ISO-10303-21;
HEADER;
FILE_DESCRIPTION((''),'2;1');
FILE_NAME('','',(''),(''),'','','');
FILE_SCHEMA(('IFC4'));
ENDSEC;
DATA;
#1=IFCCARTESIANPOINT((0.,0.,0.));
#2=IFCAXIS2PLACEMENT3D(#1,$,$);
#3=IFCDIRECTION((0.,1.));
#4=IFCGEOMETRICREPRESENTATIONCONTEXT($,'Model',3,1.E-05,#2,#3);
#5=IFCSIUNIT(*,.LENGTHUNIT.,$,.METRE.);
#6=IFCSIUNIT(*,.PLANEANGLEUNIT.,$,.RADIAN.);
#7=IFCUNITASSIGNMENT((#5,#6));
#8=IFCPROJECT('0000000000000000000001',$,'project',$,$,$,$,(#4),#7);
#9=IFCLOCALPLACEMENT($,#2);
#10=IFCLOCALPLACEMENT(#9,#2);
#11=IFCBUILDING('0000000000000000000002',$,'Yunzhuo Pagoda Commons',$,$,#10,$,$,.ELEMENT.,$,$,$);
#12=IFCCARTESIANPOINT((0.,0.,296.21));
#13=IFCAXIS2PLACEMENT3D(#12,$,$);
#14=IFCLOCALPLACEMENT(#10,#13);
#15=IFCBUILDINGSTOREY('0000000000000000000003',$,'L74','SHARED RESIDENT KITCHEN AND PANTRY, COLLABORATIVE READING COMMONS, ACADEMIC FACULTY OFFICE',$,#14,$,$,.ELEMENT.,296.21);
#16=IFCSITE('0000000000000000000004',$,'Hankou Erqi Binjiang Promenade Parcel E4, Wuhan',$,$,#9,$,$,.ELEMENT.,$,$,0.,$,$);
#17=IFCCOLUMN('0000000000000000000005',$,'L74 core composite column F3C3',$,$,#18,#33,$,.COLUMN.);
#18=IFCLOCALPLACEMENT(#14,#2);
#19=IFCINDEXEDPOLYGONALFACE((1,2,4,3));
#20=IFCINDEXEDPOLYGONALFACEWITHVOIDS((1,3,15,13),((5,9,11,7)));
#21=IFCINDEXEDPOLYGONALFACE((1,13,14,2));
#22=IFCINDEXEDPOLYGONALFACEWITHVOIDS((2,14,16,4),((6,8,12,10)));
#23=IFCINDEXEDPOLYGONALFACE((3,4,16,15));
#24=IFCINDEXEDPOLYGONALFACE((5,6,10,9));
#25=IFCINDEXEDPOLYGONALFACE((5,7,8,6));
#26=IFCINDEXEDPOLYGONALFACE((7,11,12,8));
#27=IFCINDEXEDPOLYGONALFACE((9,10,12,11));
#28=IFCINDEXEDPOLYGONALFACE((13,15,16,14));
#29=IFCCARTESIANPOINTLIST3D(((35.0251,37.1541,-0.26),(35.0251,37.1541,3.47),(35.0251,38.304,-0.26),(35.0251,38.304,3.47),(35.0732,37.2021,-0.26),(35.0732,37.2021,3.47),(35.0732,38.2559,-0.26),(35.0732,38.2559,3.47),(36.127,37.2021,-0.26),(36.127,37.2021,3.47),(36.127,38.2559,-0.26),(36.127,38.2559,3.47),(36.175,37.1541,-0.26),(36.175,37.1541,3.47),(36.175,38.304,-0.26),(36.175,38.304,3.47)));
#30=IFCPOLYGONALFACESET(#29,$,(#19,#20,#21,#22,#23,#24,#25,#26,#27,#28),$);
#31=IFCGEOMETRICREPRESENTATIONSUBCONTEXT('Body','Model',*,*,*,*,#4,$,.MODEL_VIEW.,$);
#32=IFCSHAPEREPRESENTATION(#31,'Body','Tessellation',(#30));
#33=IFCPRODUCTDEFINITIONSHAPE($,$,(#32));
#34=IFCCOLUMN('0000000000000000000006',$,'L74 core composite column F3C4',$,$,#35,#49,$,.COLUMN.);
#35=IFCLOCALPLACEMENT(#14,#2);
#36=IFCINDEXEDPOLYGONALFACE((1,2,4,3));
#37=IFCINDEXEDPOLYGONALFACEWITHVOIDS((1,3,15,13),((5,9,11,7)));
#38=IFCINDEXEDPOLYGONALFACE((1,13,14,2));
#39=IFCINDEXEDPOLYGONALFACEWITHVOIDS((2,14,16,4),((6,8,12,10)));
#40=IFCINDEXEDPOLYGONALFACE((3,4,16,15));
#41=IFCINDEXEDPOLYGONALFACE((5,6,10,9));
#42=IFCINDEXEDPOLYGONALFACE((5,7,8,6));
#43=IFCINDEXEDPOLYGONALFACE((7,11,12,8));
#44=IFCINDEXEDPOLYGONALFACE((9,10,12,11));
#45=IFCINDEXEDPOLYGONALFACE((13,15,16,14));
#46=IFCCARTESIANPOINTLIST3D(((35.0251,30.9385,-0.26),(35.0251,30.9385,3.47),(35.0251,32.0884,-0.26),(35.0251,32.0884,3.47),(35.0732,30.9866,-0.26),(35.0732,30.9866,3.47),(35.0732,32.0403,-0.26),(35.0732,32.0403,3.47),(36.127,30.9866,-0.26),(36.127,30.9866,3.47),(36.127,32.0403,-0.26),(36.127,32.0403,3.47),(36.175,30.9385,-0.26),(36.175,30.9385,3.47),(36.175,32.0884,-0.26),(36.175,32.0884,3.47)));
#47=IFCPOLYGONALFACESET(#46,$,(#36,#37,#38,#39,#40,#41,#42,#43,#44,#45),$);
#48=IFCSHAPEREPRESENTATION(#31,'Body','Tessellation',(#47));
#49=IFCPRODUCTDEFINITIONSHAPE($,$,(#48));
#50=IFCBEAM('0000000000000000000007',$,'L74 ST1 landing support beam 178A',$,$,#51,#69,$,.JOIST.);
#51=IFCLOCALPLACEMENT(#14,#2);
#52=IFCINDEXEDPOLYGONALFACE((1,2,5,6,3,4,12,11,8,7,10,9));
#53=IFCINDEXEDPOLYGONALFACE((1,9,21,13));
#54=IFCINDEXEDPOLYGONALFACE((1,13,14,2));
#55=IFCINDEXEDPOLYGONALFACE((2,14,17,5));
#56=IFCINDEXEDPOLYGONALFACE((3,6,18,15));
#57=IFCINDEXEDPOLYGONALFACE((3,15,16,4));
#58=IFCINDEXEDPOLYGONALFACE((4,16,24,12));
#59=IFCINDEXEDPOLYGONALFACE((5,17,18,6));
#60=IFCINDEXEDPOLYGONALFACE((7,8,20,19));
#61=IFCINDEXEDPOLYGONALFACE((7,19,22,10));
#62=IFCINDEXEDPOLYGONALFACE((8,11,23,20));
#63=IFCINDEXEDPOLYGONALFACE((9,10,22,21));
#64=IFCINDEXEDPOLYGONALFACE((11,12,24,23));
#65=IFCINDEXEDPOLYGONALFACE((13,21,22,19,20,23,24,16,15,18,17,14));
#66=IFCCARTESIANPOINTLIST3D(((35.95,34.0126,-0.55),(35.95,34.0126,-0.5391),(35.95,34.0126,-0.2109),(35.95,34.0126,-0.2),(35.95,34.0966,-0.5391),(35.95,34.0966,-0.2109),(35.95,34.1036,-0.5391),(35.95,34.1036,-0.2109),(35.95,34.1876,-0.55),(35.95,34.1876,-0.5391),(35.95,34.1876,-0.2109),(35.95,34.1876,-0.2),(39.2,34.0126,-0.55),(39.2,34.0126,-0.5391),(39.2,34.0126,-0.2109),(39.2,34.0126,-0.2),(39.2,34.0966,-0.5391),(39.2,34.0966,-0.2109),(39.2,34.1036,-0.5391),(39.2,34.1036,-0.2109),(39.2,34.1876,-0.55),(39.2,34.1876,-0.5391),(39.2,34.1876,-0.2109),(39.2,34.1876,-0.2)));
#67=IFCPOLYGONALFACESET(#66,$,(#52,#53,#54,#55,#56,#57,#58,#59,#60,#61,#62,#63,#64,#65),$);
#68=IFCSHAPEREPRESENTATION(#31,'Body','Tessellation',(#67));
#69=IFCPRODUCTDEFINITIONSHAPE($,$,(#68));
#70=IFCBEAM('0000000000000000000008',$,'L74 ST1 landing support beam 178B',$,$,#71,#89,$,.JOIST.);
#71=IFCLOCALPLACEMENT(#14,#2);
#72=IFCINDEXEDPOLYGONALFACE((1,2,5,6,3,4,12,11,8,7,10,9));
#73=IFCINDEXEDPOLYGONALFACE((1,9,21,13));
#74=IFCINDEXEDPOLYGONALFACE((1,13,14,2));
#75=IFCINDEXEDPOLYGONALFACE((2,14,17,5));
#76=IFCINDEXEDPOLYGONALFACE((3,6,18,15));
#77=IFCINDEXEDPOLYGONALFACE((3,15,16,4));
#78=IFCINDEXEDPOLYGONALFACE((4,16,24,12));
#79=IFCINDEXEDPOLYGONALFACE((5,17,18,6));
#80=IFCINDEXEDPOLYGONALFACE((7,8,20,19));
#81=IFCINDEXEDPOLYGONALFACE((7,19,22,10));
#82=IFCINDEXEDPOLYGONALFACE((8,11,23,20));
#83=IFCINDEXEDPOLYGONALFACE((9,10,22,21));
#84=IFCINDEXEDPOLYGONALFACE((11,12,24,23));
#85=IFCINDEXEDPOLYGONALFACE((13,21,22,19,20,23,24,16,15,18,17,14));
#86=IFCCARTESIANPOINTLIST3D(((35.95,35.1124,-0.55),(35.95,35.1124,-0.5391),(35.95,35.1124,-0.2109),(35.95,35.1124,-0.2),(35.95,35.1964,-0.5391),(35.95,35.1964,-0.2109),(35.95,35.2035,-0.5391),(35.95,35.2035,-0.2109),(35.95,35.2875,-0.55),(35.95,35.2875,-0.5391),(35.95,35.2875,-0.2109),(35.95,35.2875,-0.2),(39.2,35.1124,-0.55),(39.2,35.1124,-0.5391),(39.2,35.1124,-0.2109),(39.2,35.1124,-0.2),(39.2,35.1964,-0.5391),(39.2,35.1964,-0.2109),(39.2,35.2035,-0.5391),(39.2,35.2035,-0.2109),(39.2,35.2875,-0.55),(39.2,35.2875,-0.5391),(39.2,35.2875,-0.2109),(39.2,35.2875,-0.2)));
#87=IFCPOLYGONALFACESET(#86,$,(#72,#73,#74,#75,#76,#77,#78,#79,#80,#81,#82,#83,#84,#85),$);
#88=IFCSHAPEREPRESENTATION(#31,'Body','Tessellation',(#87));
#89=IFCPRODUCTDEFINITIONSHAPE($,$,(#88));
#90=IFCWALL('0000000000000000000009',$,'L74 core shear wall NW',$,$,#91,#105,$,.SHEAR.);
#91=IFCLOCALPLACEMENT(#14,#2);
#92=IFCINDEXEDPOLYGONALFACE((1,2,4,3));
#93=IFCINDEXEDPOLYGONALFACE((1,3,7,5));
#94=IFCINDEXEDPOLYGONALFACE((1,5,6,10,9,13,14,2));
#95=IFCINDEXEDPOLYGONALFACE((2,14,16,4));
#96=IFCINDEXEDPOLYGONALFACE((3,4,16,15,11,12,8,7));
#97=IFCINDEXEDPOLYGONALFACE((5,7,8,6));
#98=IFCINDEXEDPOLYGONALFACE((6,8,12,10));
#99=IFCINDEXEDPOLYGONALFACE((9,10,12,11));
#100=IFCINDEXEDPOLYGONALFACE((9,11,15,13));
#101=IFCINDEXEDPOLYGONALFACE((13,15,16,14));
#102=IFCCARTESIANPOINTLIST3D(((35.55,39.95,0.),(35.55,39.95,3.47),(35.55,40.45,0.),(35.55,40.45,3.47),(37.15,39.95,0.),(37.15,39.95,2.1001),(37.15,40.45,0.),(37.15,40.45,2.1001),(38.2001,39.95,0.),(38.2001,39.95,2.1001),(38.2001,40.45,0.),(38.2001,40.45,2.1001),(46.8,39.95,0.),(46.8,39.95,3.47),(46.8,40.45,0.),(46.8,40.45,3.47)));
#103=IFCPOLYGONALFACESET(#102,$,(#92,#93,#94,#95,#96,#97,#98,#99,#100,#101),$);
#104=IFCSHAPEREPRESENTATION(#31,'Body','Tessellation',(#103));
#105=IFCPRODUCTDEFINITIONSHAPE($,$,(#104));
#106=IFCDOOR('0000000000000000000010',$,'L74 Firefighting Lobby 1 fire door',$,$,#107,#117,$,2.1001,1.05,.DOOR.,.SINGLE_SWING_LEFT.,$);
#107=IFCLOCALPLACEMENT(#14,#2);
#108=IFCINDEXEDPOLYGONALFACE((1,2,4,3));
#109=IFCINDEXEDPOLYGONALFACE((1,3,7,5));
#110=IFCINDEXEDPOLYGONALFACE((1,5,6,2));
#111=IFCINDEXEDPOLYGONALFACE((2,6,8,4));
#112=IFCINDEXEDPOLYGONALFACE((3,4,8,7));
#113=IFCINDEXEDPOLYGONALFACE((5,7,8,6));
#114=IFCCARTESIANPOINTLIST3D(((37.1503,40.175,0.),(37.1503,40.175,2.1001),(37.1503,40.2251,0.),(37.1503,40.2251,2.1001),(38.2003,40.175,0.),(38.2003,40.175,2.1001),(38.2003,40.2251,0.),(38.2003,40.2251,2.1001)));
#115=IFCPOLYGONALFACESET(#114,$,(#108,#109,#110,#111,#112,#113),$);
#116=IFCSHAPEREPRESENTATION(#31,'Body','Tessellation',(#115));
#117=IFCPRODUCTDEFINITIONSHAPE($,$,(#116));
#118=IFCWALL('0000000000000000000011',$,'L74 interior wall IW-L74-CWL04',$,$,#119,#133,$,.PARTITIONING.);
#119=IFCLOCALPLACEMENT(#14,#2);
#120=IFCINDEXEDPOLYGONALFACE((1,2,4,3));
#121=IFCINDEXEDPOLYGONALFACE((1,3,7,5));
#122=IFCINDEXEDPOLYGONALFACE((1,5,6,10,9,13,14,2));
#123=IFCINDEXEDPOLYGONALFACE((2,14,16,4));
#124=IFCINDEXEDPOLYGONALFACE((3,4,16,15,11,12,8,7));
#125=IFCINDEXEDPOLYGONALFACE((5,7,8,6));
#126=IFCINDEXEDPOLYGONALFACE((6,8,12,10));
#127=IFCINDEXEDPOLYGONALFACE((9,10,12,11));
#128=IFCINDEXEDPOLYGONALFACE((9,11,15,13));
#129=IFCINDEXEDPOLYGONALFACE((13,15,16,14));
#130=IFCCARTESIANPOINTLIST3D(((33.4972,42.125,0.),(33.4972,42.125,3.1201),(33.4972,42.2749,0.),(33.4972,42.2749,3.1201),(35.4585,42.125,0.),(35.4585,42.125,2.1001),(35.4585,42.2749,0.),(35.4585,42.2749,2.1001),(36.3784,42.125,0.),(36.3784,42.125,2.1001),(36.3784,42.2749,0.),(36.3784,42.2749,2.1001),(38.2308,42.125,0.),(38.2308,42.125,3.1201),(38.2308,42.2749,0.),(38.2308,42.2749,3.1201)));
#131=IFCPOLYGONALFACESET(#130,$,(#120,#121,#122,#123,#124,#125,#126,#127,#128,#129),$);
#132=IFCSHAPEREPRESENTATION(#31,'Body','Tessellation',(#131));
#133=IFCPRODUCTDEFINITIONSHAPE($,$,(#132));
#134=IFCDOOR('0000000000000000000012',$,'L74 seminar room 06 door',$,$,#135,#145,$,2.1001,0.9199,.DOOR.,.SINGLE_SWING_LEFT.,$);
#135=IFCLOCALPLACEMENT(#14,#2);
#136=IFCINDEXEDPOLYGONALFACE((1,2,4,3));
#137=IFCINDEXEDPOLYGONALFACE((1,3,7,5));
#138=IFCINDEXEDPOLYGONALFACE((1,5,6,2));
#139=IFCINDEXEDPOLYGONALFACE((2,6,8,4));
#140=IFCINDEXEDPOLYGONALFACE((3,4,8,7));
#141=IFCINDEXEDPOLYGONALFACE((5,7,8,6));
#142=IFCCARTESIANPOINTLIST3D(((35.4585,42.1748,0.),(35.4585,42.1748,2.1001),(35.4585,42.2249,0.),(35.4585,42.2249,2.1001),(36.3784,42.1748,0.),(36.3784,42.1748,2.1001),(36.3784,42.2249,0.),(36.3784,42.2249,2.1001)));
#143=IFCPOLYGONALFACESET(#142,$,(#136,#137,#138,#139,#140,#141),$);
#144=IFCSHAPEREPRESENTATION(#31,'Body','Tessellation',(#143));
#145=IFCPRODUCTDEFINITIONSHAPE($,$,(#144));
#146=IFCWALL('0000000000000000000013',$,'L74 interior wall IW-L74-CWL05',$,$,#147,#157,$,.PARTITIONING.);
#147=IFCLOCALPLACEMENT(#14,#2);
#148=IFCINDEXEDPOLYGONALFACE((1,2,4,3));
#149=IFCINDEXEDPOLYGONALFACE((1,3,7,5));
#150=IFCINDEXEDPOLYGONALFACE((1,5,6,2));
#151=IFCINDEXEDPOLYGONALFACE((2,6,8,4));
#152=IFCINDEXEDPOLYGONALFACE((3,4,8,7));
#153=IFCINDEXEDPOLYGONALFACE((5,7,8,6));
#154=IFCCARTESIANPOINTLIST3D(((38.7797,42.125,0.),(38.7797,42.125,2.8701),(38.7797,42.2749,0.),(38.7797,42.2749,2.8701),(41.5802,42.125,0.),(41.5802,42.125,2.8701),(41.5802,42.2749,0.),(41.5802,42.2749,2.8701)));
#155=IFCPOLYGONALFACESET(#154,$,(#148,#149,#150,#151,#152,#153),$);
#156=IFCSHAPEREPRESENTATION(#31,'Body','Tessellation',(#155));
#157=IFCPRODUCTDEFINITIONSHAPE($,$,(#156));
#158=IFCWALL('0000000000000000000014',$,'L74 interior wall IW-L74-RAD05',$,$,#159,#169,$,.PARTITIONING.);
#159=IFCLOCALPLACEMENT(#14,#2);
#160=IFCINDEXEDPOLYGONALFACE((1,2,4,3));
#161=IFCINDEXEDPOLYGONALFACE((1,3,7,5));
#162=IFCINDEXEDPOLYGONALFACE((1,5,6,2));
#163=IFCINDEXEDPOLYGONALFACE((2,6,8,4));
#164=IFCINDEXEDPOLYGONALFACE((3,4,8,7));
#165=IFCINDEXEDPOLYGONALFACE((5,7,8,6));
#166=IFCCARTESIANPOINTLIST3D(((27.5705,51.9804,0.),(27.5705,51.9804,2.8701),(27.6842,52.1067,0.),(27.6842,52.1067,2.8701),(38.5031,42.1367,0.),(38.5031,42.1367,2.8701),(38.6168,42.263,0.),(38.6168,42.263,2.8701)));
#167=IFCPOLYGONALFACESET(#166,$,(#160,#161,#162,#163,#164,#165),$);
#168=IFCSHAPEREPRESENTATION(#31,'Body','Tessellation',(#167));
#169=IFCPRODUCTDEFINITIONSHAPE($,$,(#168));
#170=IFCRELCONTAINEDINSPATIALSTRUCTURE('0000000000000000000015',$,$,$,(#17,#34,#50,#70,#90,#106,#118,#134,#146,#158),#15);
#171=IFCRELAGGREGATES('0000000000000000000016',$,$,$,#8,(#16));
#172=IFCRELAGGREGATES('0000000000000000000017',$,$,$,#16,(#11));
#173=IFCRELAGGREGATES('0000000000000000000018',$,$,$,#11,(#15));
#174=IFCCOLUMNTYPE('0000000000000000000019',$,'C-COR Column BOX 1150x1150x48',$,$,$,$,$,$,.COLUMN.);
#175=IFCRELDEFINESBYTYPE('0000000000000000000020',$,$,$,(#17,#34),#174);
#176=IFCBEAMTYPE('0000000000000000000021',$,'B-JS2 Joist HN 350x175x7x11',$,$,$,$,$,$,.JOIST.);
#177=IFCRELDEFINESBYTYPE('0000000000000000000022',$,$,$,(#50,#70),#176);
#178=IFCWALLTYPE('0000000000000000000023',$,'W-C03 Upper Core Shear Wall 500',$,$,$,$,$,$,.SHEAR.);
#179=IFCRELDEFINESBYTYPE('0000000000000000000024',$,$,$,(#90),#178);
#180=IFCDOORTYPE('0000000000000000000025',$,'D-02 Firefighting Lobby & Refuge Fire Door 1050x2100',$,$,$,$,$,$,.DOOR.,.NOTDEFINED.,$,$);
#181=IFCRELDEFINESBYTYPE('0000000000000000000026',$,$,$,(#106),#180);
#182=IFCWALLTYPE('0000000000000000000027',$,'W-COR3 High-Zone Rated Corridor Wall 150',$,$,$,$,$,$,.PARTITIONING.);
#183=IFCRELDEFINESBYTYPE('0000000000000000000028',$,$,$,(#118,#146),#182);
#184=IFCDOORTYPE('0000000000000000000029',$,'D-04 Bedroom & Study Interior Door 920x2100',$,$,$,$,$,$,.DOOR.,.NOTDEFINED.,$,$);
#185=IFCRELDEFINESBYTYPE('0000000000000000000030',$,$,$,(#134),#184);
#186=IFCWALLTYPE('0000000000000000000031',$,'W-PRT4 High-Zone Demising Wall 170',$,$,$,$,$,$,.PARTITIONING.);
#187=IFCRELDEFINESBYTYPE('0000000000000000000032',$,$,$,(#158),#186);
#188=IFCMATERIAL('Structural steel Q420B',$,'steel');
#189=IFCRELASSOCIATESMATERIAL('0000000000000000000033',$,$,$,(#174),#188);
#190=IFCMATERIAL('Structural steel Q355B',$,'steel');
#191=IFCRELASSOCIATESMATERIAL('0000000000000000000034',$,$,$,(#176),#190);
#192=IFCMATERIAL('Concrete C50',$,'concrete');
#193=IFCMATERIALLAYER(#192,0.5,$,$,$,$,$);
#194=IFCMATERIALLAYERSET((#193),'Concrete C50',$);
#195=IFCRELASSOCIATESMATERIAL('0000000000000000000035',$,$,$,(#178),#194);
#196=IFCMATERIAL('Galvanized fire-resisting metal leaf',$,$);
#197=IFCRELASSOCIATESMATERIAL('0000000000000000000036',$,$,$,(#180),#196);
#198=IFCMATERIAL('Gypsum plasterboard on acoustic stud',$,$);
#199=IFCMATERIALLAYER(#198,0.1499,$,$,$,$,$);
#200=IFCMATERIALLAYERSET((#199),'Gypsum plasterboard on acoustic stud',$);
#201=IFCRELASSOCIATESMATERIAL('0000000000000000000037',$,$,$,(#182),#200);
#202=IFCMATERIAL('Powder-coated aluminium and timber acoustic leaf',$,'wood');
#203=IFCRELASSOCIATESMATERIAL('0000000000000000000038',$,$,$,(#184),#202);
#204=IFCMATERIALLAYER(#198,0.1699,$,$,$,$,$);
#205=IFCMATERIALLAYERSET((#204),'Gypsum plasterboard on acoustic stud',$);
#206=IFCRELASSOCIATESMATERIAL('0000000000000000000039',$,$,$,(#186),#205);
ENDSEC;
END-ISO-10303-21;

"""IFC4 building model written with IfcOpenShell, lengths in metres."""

from ifc_helpers import new_model, si_unit, direction, frame, frame_2d, origin, origin_with_axes, origin_2d, place, context, subcontext, project, spatial, rectangle, hollow_rectangle, i_section, extrude, source, transform, mapped, material, layer, layer_set, material_profile, profile_set, type_object, element, fill, save


model = new_model("IFC4")

# Units and contexts
model_context = context("Model", 3, precision=1e-05, world=origin(), true_north=direction((0.0, 1.0)))
body_context = subcontext(model_context, "Body", "Model", "MODEL_VIEW")
ifc_project = project(units=[si_unit("LENGTHUNIT", "METRE"), si_unit("PLANEANGLEUNIT", "RADIAN")], contexts=[model_context])

# Site, building, storey
site_placement = place(None, origin())
site = spatial("IfcSite", under=ifc_project, at=site_placement, Name="Hankou Erqi Binjiang Promenade Parcel E4, Wuhan", CompositionType="ELEMENT", RefElevation=0.0)
building_placement = place(site_placement, origin())
building = spatial("IfcBuilding", under=site, at=building_placement, Name="Yunzhuo Pagoda Commons", CompositionType="ELEMENT")
storey_placement = place(building_placement, frame((0.0, 0.0, 296.21)))
storey = spatial("IfcBuildingStorey", under=building, at=storey_placement, Name="L74", Description="SHARED RESIDENT KITCHEN AND PANTRY, COLLABORATIVE READING COMMONS, ACADEMIC FACULTY OFFICE", CompositionType="ELEMENT", Elevation=296.21)

# Columns
ifc_material_1 = material(Name="Structural steel Q420B", Category="steel")
ifc_material_profile_1 = material_profile(ifc_material_1, hollow_rectangle(XDim=1.1499, YDim=1.1499, WallThickness=0.0481, at=origin_2d()), Name="Structural steel Q420B")
ifc_profile_set_1 = profile_set([ifc_material_profile_1], Name="Structural steel Q420B")
column_type = type_object("IfcColumnType", Name="C-COR Column BOX 1150x1150x48", PredefinedType="COLUMN", material=ifc_profile_set_1)
shared_shape_1 = source(origin(), body_context, "Body", "SweptSolid", [
    extrude(hollow_rectangle(XDim=1.1499, YDim=1.1499, WallThickness=0.0481, at=origin_2d()), origin(), (0.0, 0.0, 1.0), 3.73),
])
for number, where, z_axis, x_axis, name in (
    (1, (35.6001, 37.729, -0.26), (0.0, 0.0, 1.0), (1.0, 0.0, 0.0), "L74 core composite column F3C3"),
    (2, (35.6001, 31.5134, -0.26), (0.0, 0.0, 1.0), (1.0, 0.0, 0.0), "L74 core composite column F3C4"),
):
    element("IfcColumn", number, at=place(storey_placement, frame(where, z_axis=z_axis, x_axis=x_axis)), inside=storey, type_object=column_type, Name=name, PredefinedType="COLUMN", context=body_context, shape_type="MappedRepresentation", body=[
        mapped(shared_shape_1, transform((0.0, 0.0, 0.0), scale=1.0)),
    ])

# Beams
ifc_material_2 = material(Name="Structural steel Q355B", Category="steel")
ifc_material_profile_2 = material_profile(ifc_material_2, i_section(OverallWidth=0.175, OverallDepth=0.3501, WebThickness=0.0071, FlangeThickness=0.011, at=origin_2d()), Name="Structural steel Q355B")
ifc_profile_set_2 = profile_set([ifc_material_profile_2], Name="Structural steel Q355B")
beam_type = type_object("IfcBeamType", Name="B-JS2 Joist HN 350x175x7x11", PredefinedType="JOIST", material=ifc_profile_set_2)
shared_shape_2 = source(origin(), body_context, "Body", "SweptSolid", [
    extrude(i_section(OverallWidth=0.175, OverallDepth=0.3501, WebThickness=0.0071, FlangeThickness=0.011, at=origin_2d()), origin(), (0.0, 0.0, 1.0), 3.25),
])
for number, where, z_axis, x_axis, name in (
    (3, (35.95, 34.1001, -0.375), (1.0, 0.0, 0.0), (0.0, 1.0, 0.0), "L74 ST1 landing support beam 178A"),
    (4, (35.95, 35.2, -0.375), (1.0, 0.0, 0.0), (0.0, 1.0, 0.0), "L74 ST1 landing support beam 178B"),
):
    element("IfcBeam", number, at=place(storey_placement, frame(where, z_axis=z_axis, x_axis=x_axis)), inside=storey, type_object=beam_type, Name=name, PredefinedType="JOIST", context=body_context, shape_type="MappedRepresentation", body=[
        mapped(shared_shape_2, transform((0.0, 0.0, 0.0), scale=1.0)),
    ])

# Walls, openings, doors
ifc_material_3 = material(Name="Concrete C50", Category="concrete")
ifc_layer_1 = layer(ifc_material_3, 0.5)
ifc_layer_set_1 = layer_set([ifc_layer_1], Name="Concrete C50")
wall_type_1 = type_object("IfcWallType", Name="W-C03 Upper Core Shear Wall 500", PredefinedType="SHEAR", material=ifc_layer_set_1)
wall_1_placement = place(storey_placement, frame((35.55, 40.2, 0.0), z_axis=(0.0, 0.0, 1.0), x_axis=(1.0, 0.0, 0.0)))
wall_1 = element("IfcWall", 5, at=wall_1_placement, inside=storey, type_object=wall_type_1, Name="L74 core shear wall NW", PredefinedType="SHEAR", context=body_context, shape_type="SweptSolid", body=[
    extrude(rectangle(XDim=11.25, YDim=0.5, at=frame_2d((5.625, 0.0))), origin(), (0.0, 0.0, 1.0), 3.47),
])
opening_1_placement = place(wall_1_placement, frame((1.6001, 0.0, 0.0)))
opening_1 = element("IfcOpeningElement", 6, at=opening_1_placement, cuts=wall_1, PredefinedType="OPENING", context=body_context, shape_type="SweptSolid", body=[
    extrude(rectangle(XDim=1.05, YDim=2.1001, at=frame_2d((0.5249, 1.05))), frame((0.0, 0.26, 0.0), z_axis=(0.0, -1.0, 0.0), x_axis=(1.0, 0.0, 0.0)), (0.0, 0.0, 1.0), 0.52),
])
ifc_material_4 = material(Name="Galvanized fire-resisting metal leaf")
door_type_1 = type_object("IfcDoorType", Name="D-02 Firefighting Lobby & Refuge Fire Door 1050x2100", OperationType="NOTDEFINED", PredefinedType="DOOR", material=ifc_material_4)
shared_shape_3 = source(origin(), body_context, "Body", "SweptSolid", [
    extrude(rectangle(XDim=1.05, YDim=2.1001, at=frame_2d((0.5249, 1.05))), frame((0.0, 0.0249, 0.0), z_axis=(0.0, -1.0, 0.0), x_axis=(1.0, 0.0, 0.0)), (0.0, 0.0, 1.0), 0.05),
])
door_1_placement = place(opening_1_placement, frame((1.05, 0.0, 0.0), z_axis=(0.0, 0.0, 1.0), x_axis=(-1.0, 0.0, 0.0)))
door_1 = element("IfcDoor", 7, at=door_1_placement, inside=storey, type_object=door_type_1, Name="L74 Firefighting Lobby 1 fire door", OperationType="SINGLE_SWING_LEFT", OverallHeight=2.1001, OverallWidth=1.05, PredefinedType="DOOR", context=body_context, shape_type="MappedRepresentation", body=[
    mapped(shared_shape_3, transform((0.0, 0.0, 0.0), scale=1.0)),
])
fill(opening_1, door_1)
ifc_material_5 = material(Name="Gypsum plasterboard on acoustic stud")
ifc_layer_2 = layer(ifc_material_5, 0.1499)
ifc_layer_set_2 = layer_set([ifc_layer_2], Name="Gypsum plasterboard on acoustic stud")
wall_type_2 = type_object("IfcWallType", Name="W-COR3 High-Zone Rated Corridor Wall 150", PredefinedType="PARTITIONING", material=ifc_layer_set_2)
wall_2_placement = place(storey_placement, frame((33.4973, 42.2, 0.0), z_axis=(0.0, 0.0, 1.0), x_axis=(1.0, 0.0, 0.0)))
wall_2 = element("IfcWall", 8, at=wall_2_placement, inside=storey, type_object=wall_type_2, Name="L74 interior wall IW-L74-CWL04", PredefinedType="PARTITIONING", context=body_context, shape_type="SweptSolid", body=[
    extrude(rectangle(XDim=4.7336, YDim=0.1499, at=frame_2d((2.3667, 0.0))), origin(), (0.0, 0.0, 1.0), 3.1201),
])
opening_2_placement = place(wall_2_placement, frame((1.9612, 0.0, 0.0)))
opening_2 = element("IfcOpeningElement", 9, at=opening_2_placement, cuts=wall_2, PredefinedType="OPENING", context=body_context, shape_type="SweptSolid", body=[
    extrude(rectangle(XDim=0.9199, YDim=2.1001, at=frame_2d((0.46, 1.05))), frame((0.0, 0.085, 0.0), z_axis=(0.0, -1.0, 0.0), x_axis=(1.0, 0.0, 0.0)), (0.0, 0.0, 1.0), 0.1699),
])
ifc_material_6 = material(Name="Powder-coated aluminium and timber acoustic leaf", Category="wood")
door_type_2 = type_object("IfcDoorType", Name="D-04 Bedroom & Study Interior Door 920x2100", OperationType="NOTDEFINED", PredefinedType="DOOR", material=ifc_material_6)
shared_shape_4 = source(origin(), body_context, "Body", "SweptSolid", [
    extrude(rectangle(XDim=0.9199, YDim=2.1001, at=frame_2d((0.46, 1.05))), frame((0.0, 0.0249, 0.0), z_axis=(0.0, -1.0, 0.0), x_axis=(1.0, 0.0, 0.0)), (0.0, 0.0, 1.0), 0.05),
])
door_2_placement = place(opening_2_placement, origin_with_axes())
door_2 = element("IfcDoor", 10, at=door_2_placement, inside=storey, type_object=door_type_2, Name="L74 seminar room 06 door", OperationType="SINGLE_SWING_LEFT", OverallHeight=2.1001, OverallWidth=0.9199, PredefinedType="DOOR", context=body_context, shape_type="MappedRepresentation", body=[
    mapped(shared_shape_4, transform((0.0, 0.0, 0.0), scale=1.0)),
])
fill(opening_2, door_2)

# Walls
wall_3_placement = place(storey_placement, frame((38.7795, 42.2, 0.0), z_axis=(0.0, 0.0, 1.0), x_axis=(1.0, 0.0, 0.0)))
element("IfcWall", 11, at=wall_3_placement, inside=storey, type_object=wall_type_2, Name="L74 interior wall IW-L74-CWL05", PredefinedType="PARTITIONING", context=body_context, shape_type="SweptSolid", body=[
    extrude(rectangle(XDim=2.8005, YDim=0.1499, at=frame_2d((1.4004, 0.0))), origin(), (0.0, 0.0, 1.0), 2.8701),
])
ifc_layer_3 = layer(ifc_material_5, 0.1699)
ifc_layer_set_3 = layer_set([ifc_layer_3], Name="Gypsum plasterboard on acoustic stud")
wall_type_3 = type_object("IfcWallType", Name="W-PRT4 High-Zone Demising Wall 170", PredefinedType="PARTITIONING", material=ifc_layer_set_3)
wall_4_placement = place(storey_placement, frame((38.5598, 42.2, 0.0), z_axis=(0.0, 0.0, 1.0), x_axis=(-0.743146, 0.66913, 0.0)))
element("IfcWall", 12, at=wall_4_placement, inside=storey, type_object=wall_type_3, Name="L74 interior wall IW-L74-RAD05", PredefinedType="PARTITIONING", context=body_context, shape_type="SweptSolid", body=[
    extrude(rectangle(XDim=14.7112, YDim=0.1699, at=frame_2d((7.3555, 0.0))), origin(), (0.0, 0.0, 1.0), 2.8701),
])

save(model, "model.ifc")
